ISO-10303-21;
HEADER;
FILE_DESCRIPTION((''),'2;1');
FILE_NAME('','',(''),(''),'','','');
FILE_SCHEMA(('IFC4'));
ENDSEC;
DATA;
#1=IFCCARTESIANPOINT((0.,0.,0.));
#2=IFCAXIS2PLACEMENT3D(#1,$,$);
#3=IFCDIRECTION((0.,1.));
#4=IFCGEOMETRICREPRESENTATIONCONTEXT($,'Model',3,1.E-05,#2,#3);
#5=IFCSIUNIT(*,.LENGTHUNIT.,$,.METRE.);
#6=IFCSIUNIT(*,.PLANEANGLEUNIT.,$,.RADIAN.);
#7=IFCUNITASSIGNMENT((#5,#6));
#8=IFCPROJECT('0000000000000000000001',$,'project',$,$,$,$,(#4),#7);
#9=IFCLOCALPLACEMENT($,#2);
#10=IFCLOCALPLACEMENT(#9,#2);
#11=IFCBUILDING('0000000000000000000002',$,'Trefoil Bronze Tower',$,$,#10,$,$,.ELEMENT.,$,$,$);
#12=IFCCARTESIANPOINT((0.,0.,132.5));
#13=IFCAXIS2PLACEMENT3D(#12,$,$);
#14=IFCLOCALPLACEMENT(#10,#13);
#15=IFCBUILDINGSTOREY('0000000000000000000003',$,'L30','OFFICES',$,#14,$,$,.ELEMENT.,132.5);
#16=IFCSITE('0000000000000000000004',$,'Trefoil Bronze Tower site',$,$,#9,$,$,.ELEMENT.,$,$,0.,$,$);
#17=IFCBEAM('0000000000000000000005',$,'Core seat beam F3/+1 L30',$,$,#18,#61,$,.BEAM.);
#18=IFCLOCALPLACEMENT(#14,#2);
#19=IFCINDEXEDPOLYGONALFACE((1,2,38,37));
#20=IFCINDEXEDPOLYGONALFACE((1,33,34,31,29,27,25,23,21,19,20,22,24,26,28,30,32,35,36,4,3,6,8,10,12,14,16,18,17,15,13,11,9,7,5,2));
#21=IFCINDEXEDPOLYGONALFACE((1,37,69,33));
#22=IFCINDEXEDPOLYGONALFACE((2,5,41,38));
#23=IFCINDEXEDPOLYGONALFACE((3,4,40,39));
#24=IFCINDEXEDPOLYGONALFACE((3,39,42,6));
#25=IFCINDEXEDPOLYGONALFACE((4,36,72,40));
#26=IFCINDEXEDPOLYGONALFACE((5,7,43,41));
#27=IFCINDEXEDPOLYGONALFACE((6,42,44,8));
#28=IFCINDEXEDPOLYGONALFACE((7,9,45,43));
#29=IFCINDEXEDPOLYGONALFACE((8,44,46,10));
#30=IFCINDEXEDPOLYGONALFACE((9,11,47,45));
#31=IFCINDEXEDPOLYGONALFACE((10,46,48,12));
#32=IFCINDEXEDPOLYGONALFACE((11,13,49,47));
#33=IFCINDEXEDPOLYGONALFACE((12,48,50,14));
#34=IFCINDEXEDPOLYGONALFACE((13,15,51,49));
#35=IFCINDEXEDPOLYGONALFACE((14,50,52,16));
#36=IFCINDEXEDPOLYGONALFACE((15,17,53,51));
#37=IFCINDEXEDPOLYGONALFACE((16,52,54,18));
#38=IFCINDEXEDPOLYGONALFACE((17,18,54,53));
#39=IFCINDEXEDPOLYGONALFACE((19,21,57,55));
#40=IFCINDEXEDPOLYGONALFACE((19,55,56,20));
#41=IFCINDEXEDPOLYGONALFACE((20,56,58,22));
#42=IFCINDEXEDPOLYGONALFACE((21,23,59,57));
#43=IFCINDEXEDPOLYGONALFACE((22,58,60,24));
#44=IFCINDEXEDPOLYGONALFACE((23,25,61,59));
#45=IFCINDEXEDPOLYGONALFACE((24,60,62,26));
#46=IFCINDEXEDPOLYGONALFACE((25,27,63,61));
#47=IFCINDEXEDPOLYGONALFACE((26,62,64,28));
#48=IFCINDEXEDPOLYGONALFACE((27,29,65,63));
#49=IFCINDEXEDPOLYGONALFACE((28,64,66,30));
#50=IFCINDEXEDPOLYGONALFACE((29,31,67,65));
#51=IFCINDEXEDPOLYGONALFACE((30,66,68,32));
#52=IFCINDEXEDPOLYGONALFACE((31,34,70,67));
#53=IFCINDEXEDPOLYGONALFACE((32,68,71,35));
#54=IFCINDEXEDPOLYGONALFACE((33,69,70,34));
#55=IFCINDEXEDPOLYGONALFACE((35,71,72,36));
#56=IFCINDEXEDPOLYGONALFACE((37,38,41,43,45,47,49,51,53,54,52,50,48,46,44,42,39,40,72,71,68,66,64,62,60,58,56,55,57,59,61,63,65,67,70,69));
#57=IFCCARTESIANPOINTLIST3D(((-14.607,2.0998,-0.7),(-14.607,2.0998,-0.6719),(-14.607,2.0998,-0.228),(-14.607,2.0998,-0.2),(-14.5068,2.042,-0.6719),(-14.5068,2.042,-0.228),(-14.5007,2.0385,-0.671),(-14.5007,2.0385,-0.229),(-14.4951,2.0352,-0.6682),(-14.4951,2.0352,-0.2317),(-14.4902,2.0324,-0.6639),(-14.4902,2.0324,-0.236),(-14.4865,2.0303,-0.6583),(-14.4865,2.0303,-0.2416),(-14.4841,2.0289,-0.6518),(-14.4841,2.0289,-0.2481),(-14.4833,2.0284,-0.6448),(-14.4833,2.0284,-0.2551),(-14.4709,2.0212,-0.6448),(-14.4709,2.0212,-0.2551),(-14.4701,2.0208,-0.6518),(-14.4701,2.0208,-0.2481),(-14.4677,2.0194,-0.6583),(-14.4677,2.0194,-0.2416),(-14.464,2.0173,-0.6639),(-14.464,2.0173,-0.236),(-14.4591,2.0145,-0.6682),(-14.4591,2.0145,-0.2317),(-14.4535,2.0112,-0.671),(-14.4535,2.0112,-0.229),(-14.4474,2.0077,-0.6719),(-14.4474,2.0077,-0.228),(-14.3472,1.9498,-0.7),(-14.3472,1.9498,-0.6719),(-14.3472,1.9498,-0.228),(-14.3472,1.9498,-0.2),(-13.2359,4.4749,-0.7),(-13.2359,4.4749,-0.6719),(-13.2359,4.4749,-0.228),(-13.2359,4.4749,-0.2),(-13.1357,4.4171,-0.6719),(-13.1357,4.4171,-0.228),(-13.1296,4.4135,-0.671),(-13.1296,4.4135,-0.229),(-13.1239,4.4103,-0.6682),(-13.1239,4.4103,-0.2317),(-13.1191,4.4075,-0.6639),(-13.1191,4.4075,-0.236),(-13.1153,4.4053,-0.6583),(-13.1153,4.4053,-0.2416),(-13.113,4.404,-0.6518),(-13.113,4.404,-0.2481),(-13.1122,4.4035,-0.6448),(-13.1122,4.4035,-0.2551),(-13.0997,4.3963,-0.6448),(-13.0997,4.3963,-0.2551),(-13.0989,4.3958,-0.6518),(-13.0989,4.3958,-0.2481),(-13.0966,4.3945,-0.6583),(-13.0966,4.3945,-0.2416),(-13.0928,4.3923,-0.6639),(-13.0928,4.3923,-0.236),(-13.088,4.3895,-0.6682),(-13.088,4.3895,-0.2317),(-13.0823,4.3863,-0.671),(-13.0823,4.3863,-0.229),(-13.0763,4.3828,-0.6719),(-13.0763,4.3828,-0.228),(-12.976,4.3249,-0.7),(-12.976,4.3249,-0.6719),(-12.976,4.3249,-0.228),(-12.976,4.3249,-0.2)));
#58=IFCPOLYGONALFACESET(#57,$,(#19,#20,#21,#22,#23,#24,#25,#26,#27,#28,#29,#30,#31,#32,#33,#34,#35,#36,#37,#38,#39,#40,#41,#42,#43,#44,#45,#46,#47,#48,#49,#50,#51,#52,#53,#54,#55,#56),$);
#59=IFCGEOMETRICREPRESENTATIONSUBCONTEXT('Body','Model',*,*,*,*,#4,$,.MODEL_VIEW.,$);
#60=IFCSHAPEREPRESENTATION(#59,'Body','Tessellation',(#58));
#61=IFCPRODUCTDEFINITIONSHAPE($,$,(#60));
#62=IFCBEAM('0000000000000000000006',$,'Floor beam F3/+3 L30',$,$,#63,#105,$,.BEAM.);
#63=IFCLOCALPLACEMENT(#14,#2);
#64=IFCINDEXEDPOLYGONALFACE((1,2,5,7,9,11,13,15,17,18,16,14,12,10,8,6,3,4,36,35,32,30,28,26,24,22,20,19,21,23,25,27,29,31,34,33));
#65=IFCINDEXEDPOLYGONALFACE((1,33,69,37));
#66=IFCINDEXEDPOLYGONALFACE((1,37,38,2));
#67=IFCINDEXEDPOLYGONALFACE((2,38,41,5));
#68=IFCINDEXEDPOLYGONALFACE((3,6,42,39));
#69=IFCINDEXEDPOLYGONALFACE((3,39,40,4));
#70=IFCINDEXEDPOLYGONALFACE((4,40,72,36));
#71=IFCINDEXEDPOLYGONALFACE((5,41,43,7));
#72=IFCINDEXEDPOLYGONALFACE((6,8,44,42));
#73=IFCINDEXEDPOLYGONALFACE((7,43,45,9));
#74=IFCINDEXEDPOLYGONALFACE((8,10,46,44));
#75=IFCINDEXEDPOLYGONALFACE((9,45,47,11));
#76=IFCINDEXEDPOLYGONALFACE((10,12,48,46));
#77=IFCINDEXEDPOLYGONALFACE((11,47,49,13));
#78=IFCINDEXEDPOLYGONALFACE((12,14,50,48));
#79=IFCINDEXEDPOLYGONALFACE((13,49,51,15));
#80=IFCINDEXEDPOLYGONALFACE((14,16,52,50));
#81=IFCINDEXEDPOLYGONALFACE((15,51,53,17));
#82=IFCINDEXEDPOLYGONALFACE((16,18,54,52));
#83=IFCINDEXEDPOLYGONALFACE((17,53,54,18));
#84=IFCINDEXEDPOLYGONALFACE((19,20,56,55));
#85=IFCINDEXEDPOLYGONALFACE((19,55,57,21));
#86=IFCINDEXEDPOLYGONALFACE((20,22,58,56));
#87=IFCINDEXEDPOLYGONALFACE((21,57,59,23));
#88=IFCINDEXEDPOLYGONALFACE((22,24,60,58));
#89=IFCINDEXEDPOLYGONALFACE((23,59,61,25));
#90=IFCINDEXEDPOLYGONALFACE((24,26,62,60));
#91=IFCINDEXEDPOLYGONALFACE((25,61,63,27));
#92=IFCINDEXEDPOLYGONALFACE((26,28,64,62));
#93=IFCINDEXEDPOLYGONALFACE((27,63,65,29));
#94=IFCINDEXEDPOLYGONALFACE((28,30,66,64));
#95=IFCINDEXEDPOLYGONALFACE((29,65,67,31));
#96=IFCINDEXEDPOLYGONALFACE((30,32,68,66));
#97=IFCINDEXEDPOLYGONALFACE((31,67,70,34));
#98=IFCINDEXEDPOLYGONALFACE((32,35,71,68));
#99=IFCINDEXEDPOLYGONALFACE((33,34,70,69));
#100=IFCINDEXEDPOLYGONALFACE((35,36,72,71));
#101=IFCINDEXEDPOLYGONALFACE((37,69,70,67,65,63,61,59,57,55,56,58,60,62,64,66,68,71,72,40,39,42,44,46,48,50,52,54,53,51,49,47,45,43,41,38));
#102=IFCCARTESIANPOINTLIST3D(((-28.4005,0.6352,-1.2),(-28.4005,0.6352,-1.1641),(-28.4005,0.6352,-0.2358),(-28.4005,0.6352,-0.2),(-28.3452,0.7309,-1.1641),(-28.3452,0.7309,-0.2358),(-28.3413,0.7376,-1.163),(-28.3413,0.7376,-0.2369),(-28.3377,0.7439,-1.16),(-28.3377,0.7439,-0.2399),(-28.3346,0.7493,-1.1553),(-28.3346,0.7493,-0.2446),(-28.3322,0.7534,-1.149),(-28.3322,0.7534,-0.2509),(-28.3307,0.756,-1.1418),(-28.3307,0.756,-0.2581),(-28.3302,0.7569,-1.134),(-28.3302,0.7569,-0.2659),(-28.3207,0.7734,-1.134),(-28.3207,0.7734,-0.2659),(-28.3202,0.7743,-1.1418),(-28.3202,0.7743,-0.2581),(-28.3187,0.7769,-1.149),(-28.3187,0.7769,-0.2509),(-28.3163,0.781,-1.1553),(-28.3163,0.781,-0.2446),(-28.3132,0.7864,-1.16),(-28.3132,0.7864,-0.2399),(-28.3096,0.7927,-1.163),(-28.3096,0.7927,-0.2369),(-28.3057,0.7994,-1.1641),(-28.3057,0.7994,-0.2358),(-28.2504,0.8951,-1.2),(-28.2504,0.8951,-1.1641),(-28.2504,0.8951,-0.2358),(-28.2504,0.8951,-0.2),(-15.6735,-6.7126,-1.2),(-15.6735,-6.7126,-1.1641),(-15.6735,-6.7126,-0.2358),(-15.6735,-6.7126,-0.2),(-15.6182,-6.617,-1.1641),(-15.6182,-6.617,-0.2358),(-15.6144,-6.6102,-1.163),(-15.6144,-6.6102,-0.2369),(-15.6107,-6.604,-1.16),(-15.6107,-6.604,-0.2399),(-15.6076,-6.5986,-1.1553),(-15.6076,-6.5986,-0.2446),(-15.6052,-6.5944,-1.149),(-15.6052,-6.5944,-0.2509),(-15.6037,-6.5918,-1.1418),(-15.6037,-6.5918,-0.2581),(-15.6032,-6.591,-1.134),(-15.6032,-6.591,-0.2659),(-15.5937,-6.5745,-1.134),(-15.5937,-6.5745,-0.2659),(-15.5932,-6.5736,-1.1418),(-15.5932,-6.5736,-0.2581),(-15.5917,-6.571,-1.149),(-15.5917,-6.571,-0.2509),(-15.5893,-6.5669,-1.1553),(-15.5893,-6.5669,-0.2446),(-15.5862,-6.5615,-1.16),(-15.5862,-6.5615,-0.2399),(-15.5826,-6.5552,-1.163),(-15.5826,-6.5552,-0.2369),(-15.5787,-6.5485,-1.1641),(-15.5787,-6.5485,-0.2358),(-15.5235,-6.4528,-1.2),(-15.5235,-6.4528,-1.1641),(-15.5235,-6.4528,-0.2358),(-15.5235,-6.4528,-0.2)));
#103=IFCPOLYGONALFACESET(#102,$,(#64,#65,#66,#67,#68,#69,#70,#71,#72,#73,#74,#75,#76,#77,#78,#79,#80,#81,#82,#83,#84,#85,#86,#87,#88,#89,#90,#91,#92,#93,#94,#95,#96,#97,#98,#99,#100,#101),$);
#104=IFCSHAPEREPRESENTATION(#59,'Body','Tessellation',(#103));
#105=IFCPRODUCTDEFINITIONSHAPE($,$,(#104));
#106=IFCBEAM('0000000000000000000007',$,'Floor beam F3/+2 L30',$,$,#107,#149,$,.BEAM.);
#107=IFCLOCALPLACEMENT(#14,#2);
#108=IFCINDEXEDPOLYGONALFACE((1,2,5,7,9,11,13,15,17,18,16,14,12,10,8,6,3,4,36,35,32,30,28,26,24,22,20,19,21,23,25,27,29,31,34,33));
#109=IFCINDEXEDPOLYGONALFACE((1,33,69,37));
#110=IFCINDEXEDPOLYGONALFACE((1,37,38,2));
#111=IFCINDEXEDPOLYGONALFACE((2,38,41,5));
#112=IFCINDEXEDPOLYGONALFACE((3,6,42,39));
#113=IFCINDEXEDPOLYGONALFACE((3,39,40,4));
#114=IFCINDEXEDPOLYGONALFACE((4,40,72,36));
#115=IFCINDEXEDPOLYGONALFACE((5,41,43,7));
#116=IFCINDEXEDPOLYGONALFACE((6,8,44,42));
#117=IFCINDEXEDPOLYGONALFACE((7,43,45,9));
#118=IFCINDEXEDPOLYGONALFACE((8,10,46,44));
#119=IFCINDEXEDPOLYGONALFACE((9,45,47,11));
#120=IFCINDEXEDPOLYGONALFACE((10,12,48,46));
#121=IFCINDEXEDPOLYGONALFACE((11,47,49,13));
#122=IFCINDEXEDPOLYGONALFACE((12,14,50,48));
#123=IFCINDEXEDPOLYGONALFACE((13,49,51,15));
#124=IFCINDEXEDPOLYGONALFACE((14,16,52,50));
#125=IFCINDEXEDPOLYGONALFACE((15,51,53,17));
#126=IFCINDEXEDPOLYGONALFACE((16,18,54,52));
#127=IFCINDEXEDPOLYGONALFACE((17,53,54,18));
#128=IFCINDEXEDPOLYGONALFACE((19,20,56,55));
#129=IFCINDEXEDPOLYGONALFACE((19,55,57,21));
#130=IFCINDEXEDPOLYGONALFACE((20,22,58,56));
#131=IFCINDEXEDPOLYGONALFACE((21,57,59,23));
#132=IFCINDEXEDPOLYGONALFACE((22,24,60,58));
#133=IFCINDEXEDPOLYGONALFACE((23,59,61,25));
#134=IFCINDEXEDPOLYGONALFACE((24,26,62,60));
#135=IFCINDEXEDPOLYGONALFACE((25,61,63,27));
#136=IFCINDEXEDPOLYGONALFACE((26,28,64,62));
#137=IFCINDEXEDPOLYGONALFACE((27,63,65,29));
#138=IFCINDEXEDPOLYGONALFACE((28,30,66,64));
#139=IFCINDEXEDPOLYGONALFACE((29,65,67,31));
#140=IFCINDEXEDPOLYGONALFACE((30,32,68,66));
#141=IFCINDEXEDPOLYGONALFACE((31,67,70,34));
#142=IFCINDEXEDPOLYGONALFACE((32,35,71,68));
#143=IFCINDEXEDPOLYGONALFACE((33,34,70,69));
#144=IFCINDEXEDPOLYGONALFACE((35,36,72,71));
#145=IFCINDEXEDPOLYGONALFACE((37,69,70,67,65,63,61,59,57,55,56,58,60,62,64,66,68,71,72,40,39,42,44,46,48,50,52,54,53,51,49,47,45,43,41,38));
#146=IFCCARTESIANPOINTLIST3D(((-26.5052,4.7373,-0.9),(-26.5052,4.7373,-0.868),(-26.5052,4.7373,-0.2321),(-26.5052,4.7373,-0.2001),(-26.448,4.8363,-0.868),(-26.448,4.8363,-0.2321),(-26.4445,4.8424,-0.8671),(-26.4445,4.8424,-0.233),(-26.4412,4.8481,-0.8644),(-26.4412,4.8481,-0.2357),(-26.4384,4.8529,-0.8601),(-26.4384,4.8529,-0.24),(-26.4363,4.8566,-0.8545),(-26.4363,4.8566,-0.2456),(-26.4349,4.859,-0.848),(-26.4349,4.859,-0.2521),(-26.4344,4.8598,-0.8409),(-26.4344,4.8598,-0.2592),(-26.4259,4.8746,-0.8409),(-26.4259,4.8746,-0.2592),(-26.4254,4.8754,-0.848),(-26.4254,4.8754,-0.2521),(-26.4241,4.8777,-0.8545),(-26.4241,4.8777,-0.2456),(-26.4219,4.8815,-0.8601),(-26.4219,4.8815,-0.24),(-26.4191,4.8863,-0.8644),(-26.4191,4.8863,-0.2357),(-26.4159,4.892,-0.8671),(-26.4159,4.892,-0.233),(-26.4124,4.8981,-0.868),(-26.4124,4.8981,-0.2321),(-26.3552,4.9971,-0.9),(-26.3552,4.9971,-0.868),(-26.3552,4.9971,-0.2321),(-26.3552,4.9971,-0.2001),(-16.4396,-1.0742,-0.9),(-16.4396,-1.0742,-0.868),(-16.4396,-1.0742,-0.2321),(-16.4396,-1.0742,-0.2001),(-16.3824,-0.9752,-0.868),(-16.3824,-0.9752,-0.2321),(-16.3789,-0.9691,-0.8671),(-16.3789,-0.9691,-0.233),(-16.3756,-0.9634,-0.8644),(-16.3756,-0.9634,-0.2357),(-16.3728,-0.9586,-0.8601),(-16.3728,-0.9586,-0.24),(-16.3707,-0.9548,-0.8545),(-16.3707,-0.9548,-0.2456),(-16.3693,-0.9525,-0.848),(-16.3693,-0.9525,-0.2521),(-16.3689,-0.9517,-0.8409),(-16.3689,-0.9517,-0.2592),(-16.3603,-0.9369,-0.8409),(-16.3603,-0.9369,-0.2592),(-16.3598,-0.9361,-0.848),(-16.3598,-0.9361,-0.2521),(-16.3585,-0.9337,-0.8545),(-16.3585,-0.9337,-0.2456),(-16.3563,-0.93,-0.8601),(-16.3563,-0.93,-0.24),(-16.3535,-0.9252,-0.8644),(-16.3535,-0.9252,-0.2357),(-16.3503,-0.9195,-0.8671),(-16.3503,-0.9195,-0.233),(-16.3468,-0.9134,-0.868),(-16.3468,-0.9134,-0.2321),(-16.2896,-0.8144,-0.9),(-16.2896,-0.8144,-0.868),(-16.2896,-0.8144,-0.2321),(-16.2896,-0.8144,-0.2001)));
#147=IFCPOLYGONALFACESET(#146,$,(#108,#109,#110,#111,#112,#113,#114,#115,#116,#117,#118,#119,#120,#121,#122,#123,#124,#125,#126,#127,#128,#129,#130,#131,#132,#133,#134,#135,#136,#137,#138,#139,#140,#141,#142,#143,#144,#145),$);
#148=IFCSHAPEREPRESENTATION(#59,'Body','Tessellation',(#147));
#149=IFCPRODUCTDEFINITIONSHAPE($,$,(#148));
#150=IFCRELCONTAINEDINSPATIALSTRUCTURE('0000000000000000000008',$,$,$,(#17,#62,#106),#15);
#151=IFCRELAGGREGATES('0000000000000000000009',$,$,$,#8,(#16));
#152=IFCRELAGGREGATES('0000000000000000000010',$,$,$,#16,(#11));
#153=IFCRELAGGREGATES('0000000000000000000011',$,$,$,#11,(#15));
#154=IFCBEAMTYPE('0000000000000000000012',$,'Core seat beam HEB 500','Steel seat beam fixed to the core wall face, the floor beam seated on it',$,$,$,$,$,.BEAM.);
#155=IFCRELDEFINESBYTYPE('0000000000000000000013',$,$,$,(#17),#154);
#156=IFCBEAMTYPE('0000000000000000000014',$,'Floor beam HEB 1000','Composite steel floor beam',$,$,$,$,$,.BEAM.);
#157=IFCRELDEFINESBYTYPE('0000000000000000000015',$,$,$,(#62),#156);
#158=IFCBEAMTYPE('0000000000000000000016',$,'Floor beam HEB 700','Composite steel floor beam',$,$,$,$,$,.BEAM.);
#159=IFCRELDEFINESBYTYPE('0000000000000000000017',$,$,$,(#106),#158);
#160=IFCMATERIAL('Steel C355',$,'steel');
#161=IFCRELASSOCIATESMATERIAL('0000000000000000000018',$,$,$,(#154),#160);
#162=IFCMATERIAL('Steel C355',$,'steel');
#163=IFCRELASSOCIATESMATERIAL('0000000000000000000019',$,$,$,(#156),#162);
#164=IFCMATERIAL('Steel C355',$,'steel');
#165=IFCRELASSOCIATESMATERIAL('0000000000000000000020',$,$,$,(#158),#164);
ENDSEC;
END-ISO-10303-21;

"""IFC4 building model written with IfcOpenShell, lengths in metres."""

from ifc_helpers import new_model, si_unit, direction, frame, origin, origin_2d, place, context, subcontext, project, spatial, i_section, extrude, material, material_profile, profile_set, type_object, element, save


model = new_model("IFC4")

# Units and contexts
model_context = context("Model", 3, precision=1e-05, world=origin(), true_north=direction((0.0, 1.0)))
body_context = subcontext(model_context, "Body", "Model", "MODEL_VIEW")
ifc_project = project(units=[si_unit("LENGTHUNIT", "METRE"), si_unit("PLANEANGLEUNIT", "RADIAN")], contexts=[model_context])

# Site, building, storey
site_placement = place(None, origin())
site = spatial("IfcSite", under=ifc_project, at=site_placement, Name="Trefoil Bronze Tower site", CompositionType="ELEMENT", RefElevation=0.0)
building_placement = place(site_placement, origin())
building = spatial("IfcBuilding", under=site, at=building_placement, Name="Trefoil Bronze Tower", CompositionType="ELEMENT")
storey_placement = place(building_placement, frame((0.0, 0.0, 132.5)))
storey = spatial("IfcBuildingStorey", under=building, at=storey_placement, Name="L30", Description="OFFICES", CompositionType="ELEMENT", Elevation=132.5)

# Beams
ifc_material_1 = material(Name="Steel C355", Category="steel")
ifc_material_profile_1 = material_profile(ifc_material_1, i_section(OverallWidth=0.3, OverallDepth=0.5, WebThickness=0.0144, FlangeThickness=0.0281, FilletRadius=0.0271, at=origin_2d()), Name="HEB 500")
ifc_profile_set_1 = profile_set([ifc_material_profile_1], Name="Steel C355")
beam_type_1 = type_object("IfcBeamType", Name="Core seat beam HEB 500", Description="Steel seat beam fixed to the core wall face, the floor beam seated on it", PredefinedType="BEAM", material=ifc_profile_set_1)
beam_1_placement = place(storey_placement, frame((-13.106, 4.3999, -0.45), z_axis=(-0.499969, -0.866043, 0.0), x_axis=(0.866043, -0.499969, 0.0)))
element("IfcBeam", 1, at=beam_1_placement, inside=storey, type_object=beam_type_1, Name="Core seat beam F3/+1 L30", PredefinedType="BEAM", context=body_context, shape_type="SweptSolid", body=[
    extrude(i_section(OverallWidth=0.3, OverallDepth=0.5, WebThickness=0.0144, FlangeThickness=0.0281, FilletRadius=0.0271, at=origin_2d()), origin(), (0.0, 0.0, 1.0), 2.7424),
])
ifc_material_2 = material(Name="Steel C355", Category="steel")
ifc_material_profile_2 = material_profile(ifc_material_2, i_section(OverallWidth=0.3, OverallDepth=1.0, WebThickness=0.019, FlangeThickness=0.0359, FilletRadius=0.03, at=origin_2d()), Name="HEB 1000")
ifc_profile_set_2 = profile_set([ifc_material_profile_2], Name="Steel C355")
beam_type_2 = type_object("IfcBeamType", Name="Floor beam HEB 1000", Description="Composite steel floor beam", PredefinedType="BEAM", material=ifc_profile_set_2)
beam_2_placement = place(storey_placement, frame((-28.3254, 0.7651, -0.7), z_axis=(0.866027, -0.499997, 0.0), x_axis=(0.499997, 0.866027, 0.0)))
element("IfcBeam", 2, at=beam_2_placement, inside=storey, type_object=beam_type_2, Name="Floor beam F3/+3 L30", PredefinedType="BEAM", context=body_context, shape_type="SweptSolid", body=[
    extrude(i_section(OverallWidth=0.3, OverallDepth=1.0, WebThickness=0.019, FlangeThickness=0.0359, FilletRadius=0.03, at=origin_2d()), origin(), (0.0, 0.0, 1.0), 14.6958),
])
ifc_material_3 = material(Name="Steel C355", Category="steel")
ifc_material_profile_3 = material_profile(ifc_material_3, i_section(OverallWidth=0.3, OverallDepth=0.7, WebThickness=0.0171, FlangeThickness=0.032, FilletRadius=0.0271, at=origin_2d()), Name="HEB 700")
ifc_profile_set_3 = profile_set([ifc_material_profile_3], Name="Steel C355")
beam_type_3 = type_object("IfcBeamType", Name="Floor beam HEB 700", Description="Composite steel floor beam", PredefinedType="BEAM", material=ifc_profile_set_3)
beam_3_placement = place(storey_placement, frame((-26.4302, 4.8672, -0.55), z_axis=(0.866022, -0.500007, 0.0), x_axis=(0.500007, 0.866022, 0.0)))
element("IfcBeam", 3, at=beam_3_placement, inside=storey, type_object=beam_type_3, Name="Floor beam F3/+2 L30", PredefinedType="BEAM", context=body_context, shape_type="SweptSolid", body=[
    extrude(i_section(OverallWidth=0.3, OverallDepth=0.7, WebThickness=0.0171, FlangeThickness=0.032, FilletRadius=0.0271, at=origin_2d()), origin(), (0.0, 0.0, 1.0), 11.6228),
])

save(model, "model.ifc")
